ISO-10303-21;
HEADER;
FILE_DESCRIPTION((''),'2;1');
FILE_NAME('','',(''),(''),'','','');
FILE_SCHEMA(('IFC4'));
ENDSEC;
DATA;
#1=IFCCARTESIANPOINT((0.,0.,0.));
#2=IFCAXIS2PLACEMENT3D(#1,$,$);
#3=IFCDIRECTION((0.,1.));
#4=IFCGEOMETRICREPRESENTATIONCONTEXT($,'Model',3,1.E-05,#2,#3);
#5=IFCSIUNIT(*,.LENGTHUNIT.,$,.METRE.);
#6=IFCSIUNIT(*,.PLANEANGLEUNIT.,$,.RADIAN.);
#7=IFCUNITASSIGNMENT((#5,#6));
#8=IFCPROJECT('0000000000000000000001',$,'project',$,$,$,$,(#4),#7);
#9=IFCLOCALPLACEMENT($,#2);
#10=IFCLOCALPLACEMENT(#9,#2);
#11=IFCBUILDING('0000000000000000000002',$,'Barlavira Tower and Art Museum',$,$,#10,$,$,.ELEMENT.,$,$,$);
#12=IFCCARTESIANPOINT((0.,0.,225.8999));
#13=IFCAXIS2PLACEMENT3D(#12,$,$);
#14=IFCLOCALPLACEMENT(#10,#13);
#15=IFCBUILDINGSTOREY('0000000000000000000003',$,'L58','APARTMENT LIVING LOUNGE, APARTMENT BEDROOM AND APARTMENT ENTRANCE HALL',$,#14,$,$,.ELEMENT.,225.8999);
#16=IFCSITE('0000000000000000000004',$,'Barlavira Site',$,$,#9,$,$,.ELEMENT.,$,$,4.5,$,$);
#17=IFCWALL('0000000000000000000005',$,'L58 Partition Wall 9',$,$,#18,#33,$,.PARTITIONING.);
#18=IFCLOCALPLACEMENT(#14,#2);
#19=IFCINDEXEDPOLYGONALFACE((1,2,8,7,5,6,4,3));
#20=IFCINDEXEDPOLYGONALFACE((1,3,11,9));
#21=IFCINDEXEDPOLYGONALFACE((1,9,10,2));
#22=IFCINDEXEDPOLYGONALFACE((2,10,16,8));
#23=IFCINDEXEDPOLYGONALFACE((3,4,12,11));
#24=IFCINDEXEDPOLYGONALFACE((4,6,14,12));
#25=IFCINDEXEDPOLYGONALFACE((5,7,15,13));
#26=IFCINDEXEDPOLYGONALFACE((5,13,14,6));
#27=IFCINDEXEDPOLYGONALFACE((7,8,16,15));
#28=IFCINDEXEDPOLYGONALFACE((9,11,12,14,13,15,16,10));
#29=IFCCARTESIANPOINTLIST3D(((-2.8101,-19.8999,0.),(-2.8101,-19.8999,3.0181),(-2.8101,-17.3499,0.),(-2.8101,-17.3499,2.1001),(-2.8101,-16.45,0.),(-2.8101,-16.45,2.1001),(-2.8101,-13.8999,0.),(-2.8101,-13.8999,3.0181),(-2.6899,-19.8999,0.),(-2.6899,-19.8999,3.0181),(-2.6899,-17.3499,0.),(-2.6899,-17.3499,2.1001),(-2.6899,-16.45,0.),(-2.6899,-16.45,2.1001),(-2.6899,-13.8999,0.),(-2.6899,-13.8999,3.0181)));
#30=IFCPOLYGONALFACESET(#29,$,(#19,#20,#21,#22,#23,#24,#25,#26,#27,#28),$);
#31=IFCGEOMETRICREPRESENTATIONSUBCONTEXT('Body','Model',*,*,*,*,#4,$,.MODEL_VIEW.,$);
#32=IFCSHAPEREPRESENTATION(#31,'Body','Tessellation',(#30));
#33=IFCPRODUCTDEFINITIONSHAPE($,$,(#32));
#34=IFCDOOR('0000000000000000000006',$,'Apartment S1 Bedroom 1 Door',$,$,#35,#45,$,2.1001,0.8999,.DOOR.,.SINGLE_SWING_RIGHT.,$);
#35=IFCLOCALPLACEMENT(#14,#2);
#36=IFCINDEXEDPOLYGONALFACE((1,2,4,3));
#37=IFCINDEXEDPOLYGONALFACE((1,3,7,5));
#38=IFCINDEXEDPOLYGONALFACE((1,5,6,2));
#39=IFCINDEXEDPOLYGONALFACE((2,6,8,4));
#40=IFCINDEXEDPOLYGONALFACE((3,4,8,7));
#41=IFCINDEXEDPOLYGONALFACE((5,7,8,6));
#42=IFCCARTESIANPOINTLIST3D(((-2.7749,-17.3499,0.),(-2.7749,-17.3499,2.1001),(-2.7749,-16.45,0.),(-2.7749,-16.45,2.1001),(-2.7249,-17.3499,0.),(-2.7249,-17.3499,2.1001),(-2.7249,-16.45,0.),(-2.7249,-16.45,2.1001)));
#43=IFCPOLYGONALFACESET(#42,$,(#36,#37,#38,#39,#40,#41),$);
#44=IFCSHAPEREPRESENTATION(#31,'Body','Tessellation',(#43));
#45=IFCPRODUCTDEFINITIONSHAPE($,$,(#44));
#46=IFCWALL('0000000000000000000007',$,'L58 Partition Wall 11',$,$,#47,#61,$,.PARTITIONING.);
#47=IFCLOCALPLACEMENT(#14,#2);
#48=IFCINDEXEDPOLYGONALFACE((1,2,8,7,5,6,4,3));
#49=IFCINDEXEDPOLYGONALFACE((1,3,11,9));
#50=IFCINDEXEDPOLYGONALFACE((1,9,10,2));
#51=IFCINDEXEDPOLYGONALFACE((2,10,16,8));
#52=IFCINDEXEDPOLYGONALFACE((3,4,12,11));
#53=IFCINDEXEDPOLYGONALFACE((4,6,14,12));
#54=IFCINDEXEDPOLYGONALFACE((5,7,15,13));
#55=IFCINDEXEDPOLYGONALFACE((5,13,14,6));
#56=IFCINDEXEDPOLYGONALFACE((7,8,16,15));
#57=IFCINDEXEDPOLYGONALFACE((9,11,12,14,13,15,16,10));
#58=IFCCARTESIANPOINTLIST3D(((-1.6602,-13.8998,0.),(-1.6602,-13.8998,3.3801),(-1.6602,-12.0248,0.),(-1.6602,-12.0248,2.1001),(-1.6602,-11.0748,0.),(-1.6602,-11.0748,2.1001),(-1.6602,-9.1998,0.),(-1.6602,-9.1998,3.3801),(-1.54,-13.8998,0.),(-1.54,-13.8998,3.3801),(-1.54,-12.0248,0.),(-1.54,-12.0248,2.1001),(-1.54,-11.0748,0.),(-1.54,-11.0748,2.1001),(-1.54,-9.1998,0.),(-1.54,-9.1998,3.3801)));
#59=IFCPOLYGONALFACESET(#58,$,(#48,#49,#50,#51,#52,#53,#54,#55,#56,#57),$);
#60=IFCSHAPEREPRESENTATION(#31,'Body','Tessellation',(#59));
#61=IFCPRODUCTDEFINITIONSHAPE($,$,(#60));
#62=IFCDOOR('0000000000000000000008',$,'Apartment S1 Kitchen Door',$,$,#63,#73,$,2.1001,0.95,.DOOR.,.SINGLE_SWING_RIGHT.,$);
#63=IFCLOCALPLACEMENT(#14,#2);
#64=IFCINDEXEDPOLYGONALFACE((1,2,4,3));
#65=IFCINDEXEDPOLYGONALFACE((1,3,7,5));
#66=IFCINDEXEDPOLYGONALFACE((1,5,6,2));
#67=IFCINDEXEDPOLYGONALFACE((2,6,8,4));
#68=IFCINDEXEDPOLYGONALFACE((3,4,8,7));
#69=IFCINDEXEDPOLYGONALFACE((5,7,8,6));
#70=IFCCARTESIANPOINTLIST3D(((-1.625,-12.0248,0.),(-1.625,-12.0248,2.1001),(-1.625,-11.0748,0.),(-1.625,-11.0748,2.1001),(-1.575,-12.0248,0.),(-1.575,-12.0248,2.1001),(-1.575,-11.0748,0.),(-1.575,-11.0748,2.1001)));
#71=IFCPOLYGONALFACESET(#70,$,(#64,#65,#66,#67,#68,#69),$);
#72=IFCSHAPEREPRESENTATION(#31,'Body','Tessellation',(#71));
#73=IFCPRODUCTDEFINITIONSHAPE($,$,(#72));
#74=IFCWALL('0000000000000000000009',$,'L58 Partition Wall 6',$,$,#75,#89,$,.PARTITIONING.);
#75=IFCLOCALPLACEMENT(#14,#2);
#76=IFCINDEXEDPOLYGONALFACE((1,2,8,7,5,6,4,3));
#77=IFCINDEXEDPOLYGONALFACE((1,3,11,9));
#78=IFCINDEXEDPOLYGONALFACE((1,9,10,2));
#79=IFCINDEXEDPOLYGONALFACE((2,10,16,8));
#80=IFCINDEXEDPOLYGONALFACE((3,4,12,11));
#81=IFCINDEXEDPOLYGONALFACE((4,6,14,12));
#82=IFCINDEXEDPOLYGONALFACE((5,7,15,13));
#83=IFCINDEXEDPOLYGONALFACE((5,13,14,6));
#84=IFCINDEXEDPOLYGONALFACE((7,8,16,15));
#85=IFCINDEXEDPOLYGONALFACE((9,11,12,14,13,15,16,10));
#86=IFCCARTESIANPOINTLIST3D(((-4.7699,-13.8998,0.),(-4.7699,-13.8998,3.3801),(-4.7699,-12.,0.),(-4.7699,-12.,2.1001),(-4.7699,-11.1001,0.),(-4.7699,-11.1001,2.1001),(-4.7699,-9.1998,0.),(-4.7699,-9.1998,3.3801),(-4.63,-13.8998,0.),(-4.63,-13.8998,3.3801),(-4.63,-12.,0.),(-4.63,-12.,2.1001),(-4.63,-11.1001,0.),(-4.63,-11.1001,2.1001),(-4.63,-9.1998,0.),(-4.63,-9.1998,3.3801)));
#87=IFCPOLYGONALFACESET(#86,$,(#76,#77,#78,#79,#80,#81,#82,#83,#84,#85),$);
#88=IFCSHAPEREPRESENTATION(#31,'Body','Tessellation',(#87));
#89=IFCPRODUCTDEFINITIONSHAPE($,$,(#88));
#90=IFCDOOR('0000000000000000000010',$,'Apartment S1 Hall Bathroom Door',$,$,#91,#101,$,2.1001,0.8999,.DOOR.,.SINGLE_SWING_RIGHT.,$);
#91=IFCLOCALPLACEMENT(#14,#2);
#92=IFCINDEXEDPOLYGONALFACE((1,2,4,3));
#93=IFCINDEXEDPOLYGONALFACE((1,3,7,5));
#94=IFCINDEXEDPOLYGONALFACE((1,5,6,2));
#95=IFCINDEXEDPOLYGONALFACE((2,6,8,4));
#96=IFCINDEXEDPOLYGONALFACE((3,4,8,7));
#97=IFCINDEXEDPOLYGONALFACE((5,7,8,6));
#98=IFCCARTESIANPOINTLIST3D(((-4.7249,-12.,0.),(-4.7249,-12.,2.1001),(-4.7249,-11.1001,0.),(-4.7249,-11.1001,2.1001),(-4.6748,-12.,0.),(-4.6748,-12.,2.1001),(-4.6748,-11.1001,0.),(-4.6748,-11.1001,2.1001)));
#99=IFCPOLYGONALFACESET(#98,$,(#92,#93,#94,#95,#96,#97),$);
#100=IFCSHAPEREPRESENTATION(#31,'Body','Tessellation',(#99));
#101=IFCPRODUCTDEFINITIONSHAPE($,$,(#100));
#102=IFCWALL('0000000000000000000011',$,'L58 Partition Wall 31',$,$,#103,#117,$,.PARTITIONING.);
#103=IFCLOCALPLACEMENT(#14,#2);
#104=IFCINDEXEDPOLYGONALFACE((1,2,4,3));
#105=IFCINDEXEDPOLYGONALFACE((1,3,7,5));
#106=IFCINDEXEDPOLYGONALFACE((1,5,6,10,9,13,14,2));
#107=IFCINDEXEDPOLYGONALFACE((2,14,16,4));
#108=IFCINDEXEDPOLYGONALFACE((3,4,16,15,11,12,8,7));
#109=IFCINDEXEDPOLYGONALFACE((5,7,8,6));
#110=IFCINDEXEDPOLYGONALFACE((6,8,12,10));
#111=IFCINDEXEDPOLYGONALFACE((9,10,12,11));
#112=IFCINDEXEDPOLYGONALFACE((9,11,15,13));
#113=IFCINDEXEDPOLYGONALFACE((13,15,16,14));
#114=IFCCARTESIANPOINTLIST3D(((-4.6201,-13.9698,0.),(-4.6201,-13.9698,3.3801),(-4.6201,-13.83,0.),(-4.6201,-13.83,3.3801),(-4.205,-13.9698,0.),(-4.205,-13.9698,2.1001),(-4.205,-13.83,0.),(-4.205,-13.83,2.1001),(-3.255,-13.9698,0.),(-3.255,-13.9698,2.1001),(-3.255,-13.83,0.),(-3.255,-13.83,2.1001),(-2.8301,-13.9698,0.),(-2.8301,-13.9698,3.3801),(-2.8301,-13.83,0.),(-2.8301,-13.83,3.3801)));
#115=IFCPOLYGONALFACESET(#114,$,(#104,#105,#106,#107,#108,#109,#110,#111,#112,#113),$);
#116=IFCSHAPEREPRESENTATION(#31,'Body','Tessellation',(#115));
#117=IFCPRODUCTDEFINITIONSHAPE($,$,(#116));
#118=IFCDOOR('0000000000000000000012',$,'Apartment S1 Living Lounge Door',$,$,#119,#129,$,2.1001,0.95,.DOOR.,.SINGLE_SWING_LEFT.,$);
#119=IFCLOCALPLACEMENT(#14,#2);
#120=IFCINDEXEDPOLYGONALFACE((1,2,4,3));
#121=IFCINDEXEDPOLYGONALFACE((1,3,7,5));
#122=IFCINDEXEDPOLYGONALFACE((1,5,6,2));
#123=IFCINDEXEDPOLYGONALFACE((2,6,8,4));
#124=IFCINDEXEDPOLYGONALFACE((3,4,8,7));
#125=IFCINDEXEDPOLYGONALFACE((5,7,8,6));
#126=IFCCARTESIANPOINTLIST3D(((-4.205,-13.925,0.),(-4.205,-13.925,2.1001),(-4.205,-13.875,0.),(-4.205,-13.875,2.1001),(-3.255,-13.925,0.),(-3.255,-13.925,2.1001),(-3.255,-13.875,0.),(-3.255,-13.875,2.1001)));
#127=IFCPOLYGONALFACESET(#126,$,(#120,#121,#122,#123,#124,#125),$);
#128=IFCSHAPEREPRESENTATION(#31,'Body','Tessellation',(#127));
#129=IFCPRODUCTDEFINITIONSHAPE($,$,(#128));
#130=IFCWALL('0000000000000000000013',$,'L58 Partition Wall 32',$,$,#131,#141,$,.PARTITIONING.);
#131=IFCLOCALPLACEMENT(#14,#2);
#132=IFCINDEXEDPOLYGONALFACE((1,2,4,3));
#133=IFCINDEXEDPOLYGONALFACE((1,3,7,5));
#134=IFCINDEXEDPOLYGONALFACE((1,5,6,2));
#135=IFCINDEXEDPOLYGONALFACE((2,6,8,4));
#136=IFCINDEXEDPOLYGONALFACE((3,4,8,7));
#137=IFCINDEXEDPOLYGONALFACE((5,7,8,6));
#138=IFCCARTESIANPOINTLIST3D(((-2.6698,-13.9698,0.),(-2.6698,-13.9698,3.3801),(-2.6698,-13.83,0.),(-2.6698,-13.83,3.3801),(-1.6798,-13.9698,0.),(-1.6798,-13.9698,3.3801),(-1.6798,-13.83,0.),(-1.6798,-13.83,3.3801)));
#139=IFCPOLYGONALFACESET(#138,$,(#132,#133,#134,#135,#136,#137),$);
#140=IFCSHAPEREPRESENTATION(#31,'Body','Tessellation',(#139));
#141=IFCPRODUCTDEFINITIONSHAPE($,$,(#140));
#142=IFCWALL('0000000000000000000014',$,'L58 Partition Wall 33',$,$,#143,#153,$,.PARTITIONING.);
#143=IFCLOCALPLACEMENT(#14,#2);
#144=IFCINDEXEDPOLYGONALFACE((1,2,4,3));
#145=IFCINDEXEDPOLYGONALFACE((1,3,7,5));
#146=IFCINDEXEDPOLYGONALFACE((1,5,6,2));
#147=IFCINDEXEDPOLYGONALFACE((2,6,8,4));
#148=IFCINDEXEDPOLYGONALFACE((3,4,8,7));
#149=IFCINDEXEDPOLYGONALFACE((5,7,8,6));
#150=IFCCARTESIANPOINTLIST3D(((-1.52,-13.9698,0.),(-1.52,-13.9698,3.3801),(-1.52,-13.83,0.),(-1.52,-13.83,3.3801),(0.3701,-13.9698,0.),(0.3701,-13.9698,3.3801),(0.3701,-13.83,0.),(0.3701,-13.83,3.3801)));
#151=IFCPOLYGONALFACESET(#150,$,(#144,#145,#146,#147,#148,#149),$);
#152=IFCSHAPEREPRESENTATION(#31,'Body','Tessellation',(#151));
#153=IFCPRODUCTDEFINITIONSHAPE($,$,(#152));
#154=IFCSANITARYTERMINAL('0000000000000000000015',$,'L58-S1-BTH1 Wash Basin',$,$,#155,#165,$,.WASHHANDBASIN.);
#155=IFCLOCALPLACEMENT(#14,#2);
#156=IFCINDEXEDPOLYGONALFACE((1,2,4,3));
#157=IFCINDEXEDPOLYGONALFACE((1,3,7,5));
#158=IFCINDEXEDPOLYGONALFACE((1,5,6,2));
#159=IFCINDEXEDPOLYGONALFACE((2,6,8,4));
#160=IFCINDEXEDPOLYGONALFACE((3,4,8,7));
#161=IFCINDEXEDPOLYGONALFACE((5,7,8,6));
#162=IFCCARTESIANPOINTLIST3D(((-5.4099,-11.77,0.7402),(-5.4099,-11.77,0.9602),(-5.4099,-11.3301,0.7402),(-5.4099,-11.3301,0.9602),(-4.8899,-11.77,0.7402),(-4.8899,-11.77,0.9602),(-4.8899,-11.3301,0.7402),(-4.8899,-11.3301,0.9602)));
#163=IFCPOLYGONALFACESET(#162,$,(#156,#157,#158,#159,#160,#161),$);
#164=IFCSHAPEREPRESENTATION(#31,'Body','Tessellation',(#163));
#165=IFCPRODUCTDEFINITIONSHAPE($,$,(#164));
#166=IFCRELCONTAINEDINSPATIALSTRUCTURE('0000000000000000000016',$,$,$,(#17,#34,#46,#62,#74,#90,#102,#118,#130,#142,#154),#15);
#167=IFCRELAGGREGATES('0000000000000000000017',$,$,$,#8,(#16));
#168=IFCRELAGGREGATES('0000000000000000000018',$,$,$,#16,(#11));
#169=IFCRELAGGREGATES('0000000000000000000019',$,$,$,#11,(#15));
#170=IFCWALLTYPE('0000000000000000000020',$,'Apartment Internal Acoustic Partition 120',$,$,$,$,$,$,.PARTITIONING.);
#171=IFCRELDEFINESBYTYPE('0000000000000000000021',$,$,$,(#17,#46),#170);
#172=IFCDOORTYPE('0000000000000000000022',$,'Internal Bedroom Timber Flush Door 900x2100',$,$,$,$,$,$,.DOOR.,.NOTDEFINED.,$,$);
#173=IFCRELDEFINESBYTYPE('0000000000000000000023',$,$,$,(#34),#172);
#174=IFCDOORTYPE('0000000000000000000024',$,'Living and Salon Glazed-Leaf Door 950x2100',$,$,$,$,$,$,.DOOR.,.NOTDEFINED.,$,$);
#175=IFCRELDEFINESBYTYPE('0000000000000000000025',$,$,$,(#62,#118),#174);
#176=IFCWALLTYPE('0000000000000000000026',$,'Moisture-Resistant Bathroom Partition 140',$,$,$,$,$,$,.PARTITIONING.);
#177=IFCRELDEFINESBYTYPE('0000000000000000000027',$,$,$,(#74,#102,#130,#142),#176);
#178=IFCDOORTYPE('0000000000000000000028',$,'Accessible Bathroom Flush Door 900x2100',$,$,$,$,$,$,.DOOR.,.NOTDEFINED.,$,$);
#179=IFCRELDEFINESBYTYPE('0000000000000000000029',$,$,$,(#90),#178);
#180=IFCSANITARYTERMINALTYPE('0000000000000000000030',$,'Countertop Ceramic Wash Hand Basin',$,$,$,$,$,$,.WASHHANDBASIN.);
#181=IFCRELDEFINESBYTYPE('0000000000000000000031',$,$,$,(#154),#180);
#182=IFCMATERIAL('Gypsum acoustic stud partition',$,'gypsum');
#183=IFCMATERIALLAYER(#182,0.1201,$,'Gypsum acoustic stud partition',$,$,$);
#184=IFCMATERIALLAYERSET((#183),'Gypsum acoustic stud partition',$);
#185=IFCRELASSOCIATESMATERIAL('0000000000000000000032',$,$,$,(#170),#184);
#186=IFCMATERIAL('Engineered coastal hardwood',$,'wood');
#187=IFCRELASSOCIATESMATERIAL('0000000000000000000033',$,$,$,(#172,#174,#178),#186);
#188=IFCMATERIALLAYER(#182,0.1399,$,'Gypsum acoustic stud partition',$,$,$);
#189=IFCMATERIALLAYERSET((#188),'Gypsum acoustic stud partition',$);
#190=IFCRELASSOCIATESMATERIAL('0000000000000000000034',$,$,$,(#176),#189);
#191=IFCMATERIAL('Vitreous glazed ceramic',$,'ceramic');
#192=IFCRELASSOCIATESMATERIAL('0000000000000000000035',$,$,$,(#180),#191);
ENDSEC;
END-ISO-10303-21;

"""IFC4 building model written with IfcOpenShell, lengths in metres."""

from ifc_helpers import new_model, si_unit, direction, frame, frame_2d, origin, origin_2d, place, context, subcontext, project, spatial, rectangle, extrude, material, layer, layer_set, type_object, element, fill, save


model = new_model("IFC4")

# Units and contexts
model_context = context("Model", 3, precision=1e-05, world=origin(), true_north=direction((0.0, 1.0)))
body_context = subcontext(model_context, "Body", "Model", "MODEL_VIEW")
ifc_project = project(units=[si_unit("LENGTHUNIT", "METRE"), si_unit("PLANEANGLEUNIT", "RADIAN")], contexts=[model_context])

# Site, building, storey
site_placement = place(None, origin())
site = spatial("IfcSite", under=ifc_project, at=site_placement, Name="Barlavira Site", CompositionType="ELEMENT", RefElevation=4.5)
building_placement = place(site_placement, origin())
building = spatial("IfcBuilding", under=site, at=building_placement, Name="Barlavira Tower and Art Museum", CompositionType="ELEMENT")
storey_placement = place(building_placement, frame((0.0, 0.0, 225.8999)))
storey = spatial("IfcBuildingStorey", under=building, at=storey_placement, Name="L58", Description="APARTMENT LIVING LOUNGE, APARTMENT BEDROOM AND APARTMENT ENTRANCE HALL", CompositionType="ELEMENT", Elevation=225.8999)

# Walls, openings, doors
ifc_material_1 = material(Name="Gypsum acoustic stud partition", Category="gypsum")
ifc_layer_1 = layer(ifc_material_1, 0.1201, Name="Gypsum acoustic stud partition")
ifc_layer_set_1 = layer_set([ifc_layer_1], Name="Gypsum acoustic stud partition")
wall_type_1 = type_object("IfcWallType", Name="Apartment Internal Acoustic Partition 120", PredefinedType="PARTITIONING", material=ifc_layer_set_1)
wall_1_placement = place(storey_placement, frame((-2.75, -19.8999, 0.0), z_axis=(0.0, 0.0, 1.0), x_axis=(0.0, 1.0, 0.0)))
wall_1 = element("IfcWall", 1, at=wall_1_placement, inside=storey, type_object=wall_type_1, Name="L58 Partition Wall 9", PredefinedType="PARTITIONING", context=body_context, shape_type="SweptSolid", body=[
    extrude(rectangle(XDim=6.0, YDim=0.1201, at=frame_2d((3.0, 0.0))), origin(), (0.0, 0.0, 1.0), 3.0181),
])
opening_1_placement = place(wall_1_placement, frame((2.55, 0.0, 0.0)))
opening_1 = element("IfcOpeningElement", 2, at=opening_1_placement, cuts=wall_1, PredefinedType="OPENING", context=body_context, shape_type="SweptSolid", body=[
    extrude(rectangle(XDim=0.8999, YDim=2.1001, at=frame_2d((0.45, 1.05))), frame((0.0, 0.0701, 0.0), z_axis=(0.0, -1.0, 0.0), x_axis=(1.0, 0.0, 0.0)), (0.0, 0.0, 1.0), 0.1401),
])
ifc_material_2 = material(Name="Engineered coastal hardwood", Category="wood")
door_type_1 = type_object("IfcDoorType", Name="Internal Bedroom Timber Flush Door 900x2100", OperationType="NOTDEFINED", PredefinedType="DOOR", material=ifc_material_2)
door_1_placement = place(opening_1_placement, origin())
door_1 = element("IfcDoor", 3, at=door_1_placement, inside=storey, type_object=door_type_1, Name="Apartment S1 Bedroom 1 Door", OperationType="SINGLE_SWING_RIGHT", OverallHeight=2.1001, OverallWidth=0.8999, PredefinedType="DOOR", context=body_context, shape_type="SweptSolid", body=[
    extrude(rectangle(XDim=0.8999, YDim=2.1001, at=frame_2d((0.45, 1.05))), frame((0.0, 0.0249, 0.0), z_axis=(0.0, -1.0, 0.0), x_axis=(1.0, 0.0, 0.0)), (0.0, 0.0, 1.0), 0.05),
])
fill(opening_1, door_1)
wall_2_placement = place(storey_placement, frame((-1.6001, -13.8999, 0.0), z_axis=(0.0, 0.0, 1.0), x_axis=(0.0, 1.0, 0.0)))
wall_2 = element("IfcWall", 4, at=wall_2_placement, inside=storey, type_object=wall_type_1, Name="L58 Partition Wall 11", PredefinedType="PARTITIONING", context=body_context, shape_type="SweptSolid", body=[
    extrude(rectangle(XDim=4.7, YDim=0.1201, at=frame_2d((2.3501, 0.0))), origin(), (0.0, 0.0, 1.0), 3.3801),
])
opening_2_placement = place(wall_2_placement, frame((1.875, 0.0, 0.0)))
opening_2 = element("IfcOpeningElement", 5, at=opening_2_placement, cuts=wall_2, PredefinedType="OPENING", context=body_context, shape_type="SweptSolid", body=[
    extrude(rectangle(XDim=0.95, YDim=2.1001, at=frame_2d((0.4751, 1.05))), frame((0.0, 0.0701, 0.0), z_axis=(0.0, -1.0, 0.0), x_axis=(1.0, 0.0, 0.0)), (0.0, 0.0, 1.0), 0.1401),
])
door_type_2 = type_object("IfcDoorType", Name="Living and Salon Glazed-Leaf Door 950x2100", OperationType="NOTDEFINED", PredefinedType="DOOR", material=ifc_material_2)
door_2_placement = place(opening_2_placement, origin())
door_2 = element("IfcDoor", 6, at=door_2_placement, inside=storey, type_object=door_type_2, Name="Apartment S1 Kitchen Door", OperationType="SINGLE_SWING_RIGHT", OverallHeight=2.1001, OverallWidth=0.95, PredefinedType="DOOR", context=body_context, shape_type="SweptSolid", body=[
    extrude(rectangle(XDim=0.95, YDim=2.1001, at=frame_2d((0.4751, 1.05))), frame((0.0, 0.0249, 0.0), z_axis=(0.0, -1.0, 0.0), x_axis=(1.0, 0.0, 0.0)), (0.0, 0.0, 1.0), 0.05),
])
fill(opening_2, door_2)
ifc_layer_2 = layer(ifc_material_1, 0.1399, Name="Gypsum acoustic stud partition")
ifc_layer_set_2 = layer_set([ifc_layer_2], Name="Gypsum acoustic stud partition")
wall_type_2 = type_object("IfcWallType", Name="Moisture-Resistant Bathroom Partition 140", PredefinedType="PARTITIONING", material=ifc_layer_set_2)
wall_3_placement = place(storey_placement, frame((-4.7, -13.8999, 0.0), z_axis=(0.0, 0.0, 1.0), x_axis=(0.0, 1.0, 0.0)))
wall_3 = element("IfcWall", 7, at=wall_3_placement, inside=storey, type_object=wall_type_2, Name="L58 Partition Wall 6", PredefinedType="PARTITIONING", context=body_context, shape_type="SweptSolid", body=[
    extrude(rectangle(XDim=4.7, YDim=0.1399, at=frame_2d((2.3501, 0.0))), origin(), (0.0, 0.0, 1.0), 3.3801),
])
opening_3_placement = place(wall_3_placement, frame((1.8999, 0.0, 0.0)))
opening_3 = element("IfcOpeningElement", 8, at=opening_3_placement, cuts=wall_3, PredefinedType="OPENING", context=body_context, shape_type="SweptSolid", body=[
    extrude(rectangle(XDim=0.8999, YDim=2.1001, at=frame_2d((0.45, 1.05))), frame((0.0, 0.0801, 0.0), z_axis=(0.0, -1.0, 0.0), x_axis=(1.0, 0.0, 0.0)), (0.0, 0.0, 1.0), 0.1599),
])
door_type_3 = type_object("IfcDoorType", Name="Accessible Bathroom Flush Door 900x2100", OperationType="NOTDEFINED", PredefinedType="DOOR", material=ifc_material_2)
door_3_placement = place(opening_3_placement, origin())
door_3 = element("IfcDoor", 9, at=door_3_placement, inside=storey, type_object=door_type_3, Name="Apartment S1 Hall Bathroom Door", OperationType="SINGLE_SWING_RIGHT", OverallHeight=2.1001, OverallWidth=0.8999, PredefinedType="DOOR", context=body_context, shape_type="SweptSolid", body=[
    extrude(rectangle(XDim=0.8999, YDim=2.1001, at=frame_2d((0.45, 1.05))), frame((0.0, 0.0249, 0.0), z_axis=(0.0, -1.0, 0.0), x_axis=(1.0, 0.0, 0.0)), (0.0, 0.0, 1.0), 0.05),
])
fill(opening_3, door_3)
wall_4_placement = place(storey_placement, frame((-4.6201, -13.8999, 0.0), z_axis=(0.0, 0.0, 1.0), x_axis=(1.0, 0.0, 0.0)))
wall_4 = element("IfcWall", 10, at=wall_4_placement, inside=storey, type_object=wall_type_2, Name="L58 Partition Wall 31", PredefinedType="PARTITIONING", context=body_context, shape_type="SweptSolid", body=[
    extrude(rectangle(XDim=1.79, YDim=0.1399, at=frame_2d((0.895, 0.0))), origin(), (0.0, 0.0, 1.0), 3.3801),
])
opening_4_placement = place(wall_4_placement, frame((0.415, 0.0, 0.0)))
opening_4 = element("IfcOpeningElement", 11, at=opening_4_placement, cuts=wall_4, PredefinedType="OPENING", context=body_context, shape_type="SweptSolid", body=[
    extrude(rectangle(XDim=0.95, YDim=2.1001, at=frame_2d((0.4751, 1.05))), frame((0.0, 0.0801, 0.0), z_axis=(0.0, -1.0, 0.0), x_axis=(1.0, 0.0, 0.0)), (0.0, 0.0, 1.0), 0.1599),
])
door_4_placement = place(opening_4_placement, origin())
door_4 = element("IfcDoor", 12, at=door_4_placement, inside=storey, type_object=door_type_2, Name="Apartment S1 Living Lounge Door", OperationType="SINGLE_SWING_LEFT", OverallHeight=2.1001, OverallWidth=0.95, PredefinedType="DOOR", context=body_context, shape_type="SweptSolid", body=[
    extrude(rectangle(XDim=0.95, YDim=2.1001, at=frame_2d((0.4751, 1.05))), frame((0.0, 0.0249, 0.0), z_axis=(0.0, -1.0, 0.0), x_axis=(1.0, 0.0, 0.0)), (0.0, 0.0, 1.0), 0.05),
])
fill(opening_4, door_4)

# Walls
wall_5_placement = place(storey_placement, frame((-2.6699, -13.8999, 0.0), z_axis=(0.0, 0.0, 1.0), x_axis=(1.0, 0.0, 0.0)))
element("IfcWall", 13, at=wall_5_placement, inside=storey, type_object=wall_type_2, Name="L58 Partition Wall 32", PredefinedType="PARTITIONING", context=body_context, shape_type="SweptSolid", body=[
    extrude(rectangle(XDim=0.99, YDim=0.1399, at=frame_2d((0.4951, 0.0))), origin(), (0.0, 0.0, 1.0), 3.3801),
])
wall_6_placement = place(storey_placement, frame((-1.52, -13.8999, 0.0), z_axis=(0.0, 0.0, 1.0), x_axis=(1.0, 0.0, 0.0)))
element("IfcWall", 14, at=wall_6_placement, inside=storey, type_object=wall_type_2, Name="L58 Partition Wall 33", PredefinedType="PARTITIONING", context=body_context, shape_type="SweptSolid", body=[
    extrude(rectangle(XDim=1.8901, YDim=0.1399, at=frame_2d((0.9451, 0.0))), origin(), (0.0, 0.0, 1.0), 3.3801),
])

# Sanitary terminal
ifc_material_3 = material(Name="Vitreous glazed ceramic", Category="ceramic")
sanitary_terminal_type_1 = type_object("IfcSanitaryTerminalType", Name="Countertop Ceramic Wash Hand Basin", PredefinedType="WASHHANDBASIN", material=ifc_material_3)
sanitary_terminal_1_placement = place(storey_placement, frame((-5.1499, -11.55, 0.7402), z_axis=(0.0, 0.0, 1.0), x_axis=(1.0, 0.0, 0.0)))
element("IfcSanitaryTerminal", 15, at=sanitary_terminal_1_placement, inside=storey, type_object=sanitary_terminal_type_1, Name="L58-S1-BTH1 Wash Basin", PredefinedType="WASHHANDBASIN", context=body_context, shape_type="SweptSolid", body=[
    extrude(rectangle(XDim=0.52, YDim=0.4399, at=origin_2d()), origin(), (0.0, 0.0, 1.0), 0.22),
])

save(model, "model.ifc")
